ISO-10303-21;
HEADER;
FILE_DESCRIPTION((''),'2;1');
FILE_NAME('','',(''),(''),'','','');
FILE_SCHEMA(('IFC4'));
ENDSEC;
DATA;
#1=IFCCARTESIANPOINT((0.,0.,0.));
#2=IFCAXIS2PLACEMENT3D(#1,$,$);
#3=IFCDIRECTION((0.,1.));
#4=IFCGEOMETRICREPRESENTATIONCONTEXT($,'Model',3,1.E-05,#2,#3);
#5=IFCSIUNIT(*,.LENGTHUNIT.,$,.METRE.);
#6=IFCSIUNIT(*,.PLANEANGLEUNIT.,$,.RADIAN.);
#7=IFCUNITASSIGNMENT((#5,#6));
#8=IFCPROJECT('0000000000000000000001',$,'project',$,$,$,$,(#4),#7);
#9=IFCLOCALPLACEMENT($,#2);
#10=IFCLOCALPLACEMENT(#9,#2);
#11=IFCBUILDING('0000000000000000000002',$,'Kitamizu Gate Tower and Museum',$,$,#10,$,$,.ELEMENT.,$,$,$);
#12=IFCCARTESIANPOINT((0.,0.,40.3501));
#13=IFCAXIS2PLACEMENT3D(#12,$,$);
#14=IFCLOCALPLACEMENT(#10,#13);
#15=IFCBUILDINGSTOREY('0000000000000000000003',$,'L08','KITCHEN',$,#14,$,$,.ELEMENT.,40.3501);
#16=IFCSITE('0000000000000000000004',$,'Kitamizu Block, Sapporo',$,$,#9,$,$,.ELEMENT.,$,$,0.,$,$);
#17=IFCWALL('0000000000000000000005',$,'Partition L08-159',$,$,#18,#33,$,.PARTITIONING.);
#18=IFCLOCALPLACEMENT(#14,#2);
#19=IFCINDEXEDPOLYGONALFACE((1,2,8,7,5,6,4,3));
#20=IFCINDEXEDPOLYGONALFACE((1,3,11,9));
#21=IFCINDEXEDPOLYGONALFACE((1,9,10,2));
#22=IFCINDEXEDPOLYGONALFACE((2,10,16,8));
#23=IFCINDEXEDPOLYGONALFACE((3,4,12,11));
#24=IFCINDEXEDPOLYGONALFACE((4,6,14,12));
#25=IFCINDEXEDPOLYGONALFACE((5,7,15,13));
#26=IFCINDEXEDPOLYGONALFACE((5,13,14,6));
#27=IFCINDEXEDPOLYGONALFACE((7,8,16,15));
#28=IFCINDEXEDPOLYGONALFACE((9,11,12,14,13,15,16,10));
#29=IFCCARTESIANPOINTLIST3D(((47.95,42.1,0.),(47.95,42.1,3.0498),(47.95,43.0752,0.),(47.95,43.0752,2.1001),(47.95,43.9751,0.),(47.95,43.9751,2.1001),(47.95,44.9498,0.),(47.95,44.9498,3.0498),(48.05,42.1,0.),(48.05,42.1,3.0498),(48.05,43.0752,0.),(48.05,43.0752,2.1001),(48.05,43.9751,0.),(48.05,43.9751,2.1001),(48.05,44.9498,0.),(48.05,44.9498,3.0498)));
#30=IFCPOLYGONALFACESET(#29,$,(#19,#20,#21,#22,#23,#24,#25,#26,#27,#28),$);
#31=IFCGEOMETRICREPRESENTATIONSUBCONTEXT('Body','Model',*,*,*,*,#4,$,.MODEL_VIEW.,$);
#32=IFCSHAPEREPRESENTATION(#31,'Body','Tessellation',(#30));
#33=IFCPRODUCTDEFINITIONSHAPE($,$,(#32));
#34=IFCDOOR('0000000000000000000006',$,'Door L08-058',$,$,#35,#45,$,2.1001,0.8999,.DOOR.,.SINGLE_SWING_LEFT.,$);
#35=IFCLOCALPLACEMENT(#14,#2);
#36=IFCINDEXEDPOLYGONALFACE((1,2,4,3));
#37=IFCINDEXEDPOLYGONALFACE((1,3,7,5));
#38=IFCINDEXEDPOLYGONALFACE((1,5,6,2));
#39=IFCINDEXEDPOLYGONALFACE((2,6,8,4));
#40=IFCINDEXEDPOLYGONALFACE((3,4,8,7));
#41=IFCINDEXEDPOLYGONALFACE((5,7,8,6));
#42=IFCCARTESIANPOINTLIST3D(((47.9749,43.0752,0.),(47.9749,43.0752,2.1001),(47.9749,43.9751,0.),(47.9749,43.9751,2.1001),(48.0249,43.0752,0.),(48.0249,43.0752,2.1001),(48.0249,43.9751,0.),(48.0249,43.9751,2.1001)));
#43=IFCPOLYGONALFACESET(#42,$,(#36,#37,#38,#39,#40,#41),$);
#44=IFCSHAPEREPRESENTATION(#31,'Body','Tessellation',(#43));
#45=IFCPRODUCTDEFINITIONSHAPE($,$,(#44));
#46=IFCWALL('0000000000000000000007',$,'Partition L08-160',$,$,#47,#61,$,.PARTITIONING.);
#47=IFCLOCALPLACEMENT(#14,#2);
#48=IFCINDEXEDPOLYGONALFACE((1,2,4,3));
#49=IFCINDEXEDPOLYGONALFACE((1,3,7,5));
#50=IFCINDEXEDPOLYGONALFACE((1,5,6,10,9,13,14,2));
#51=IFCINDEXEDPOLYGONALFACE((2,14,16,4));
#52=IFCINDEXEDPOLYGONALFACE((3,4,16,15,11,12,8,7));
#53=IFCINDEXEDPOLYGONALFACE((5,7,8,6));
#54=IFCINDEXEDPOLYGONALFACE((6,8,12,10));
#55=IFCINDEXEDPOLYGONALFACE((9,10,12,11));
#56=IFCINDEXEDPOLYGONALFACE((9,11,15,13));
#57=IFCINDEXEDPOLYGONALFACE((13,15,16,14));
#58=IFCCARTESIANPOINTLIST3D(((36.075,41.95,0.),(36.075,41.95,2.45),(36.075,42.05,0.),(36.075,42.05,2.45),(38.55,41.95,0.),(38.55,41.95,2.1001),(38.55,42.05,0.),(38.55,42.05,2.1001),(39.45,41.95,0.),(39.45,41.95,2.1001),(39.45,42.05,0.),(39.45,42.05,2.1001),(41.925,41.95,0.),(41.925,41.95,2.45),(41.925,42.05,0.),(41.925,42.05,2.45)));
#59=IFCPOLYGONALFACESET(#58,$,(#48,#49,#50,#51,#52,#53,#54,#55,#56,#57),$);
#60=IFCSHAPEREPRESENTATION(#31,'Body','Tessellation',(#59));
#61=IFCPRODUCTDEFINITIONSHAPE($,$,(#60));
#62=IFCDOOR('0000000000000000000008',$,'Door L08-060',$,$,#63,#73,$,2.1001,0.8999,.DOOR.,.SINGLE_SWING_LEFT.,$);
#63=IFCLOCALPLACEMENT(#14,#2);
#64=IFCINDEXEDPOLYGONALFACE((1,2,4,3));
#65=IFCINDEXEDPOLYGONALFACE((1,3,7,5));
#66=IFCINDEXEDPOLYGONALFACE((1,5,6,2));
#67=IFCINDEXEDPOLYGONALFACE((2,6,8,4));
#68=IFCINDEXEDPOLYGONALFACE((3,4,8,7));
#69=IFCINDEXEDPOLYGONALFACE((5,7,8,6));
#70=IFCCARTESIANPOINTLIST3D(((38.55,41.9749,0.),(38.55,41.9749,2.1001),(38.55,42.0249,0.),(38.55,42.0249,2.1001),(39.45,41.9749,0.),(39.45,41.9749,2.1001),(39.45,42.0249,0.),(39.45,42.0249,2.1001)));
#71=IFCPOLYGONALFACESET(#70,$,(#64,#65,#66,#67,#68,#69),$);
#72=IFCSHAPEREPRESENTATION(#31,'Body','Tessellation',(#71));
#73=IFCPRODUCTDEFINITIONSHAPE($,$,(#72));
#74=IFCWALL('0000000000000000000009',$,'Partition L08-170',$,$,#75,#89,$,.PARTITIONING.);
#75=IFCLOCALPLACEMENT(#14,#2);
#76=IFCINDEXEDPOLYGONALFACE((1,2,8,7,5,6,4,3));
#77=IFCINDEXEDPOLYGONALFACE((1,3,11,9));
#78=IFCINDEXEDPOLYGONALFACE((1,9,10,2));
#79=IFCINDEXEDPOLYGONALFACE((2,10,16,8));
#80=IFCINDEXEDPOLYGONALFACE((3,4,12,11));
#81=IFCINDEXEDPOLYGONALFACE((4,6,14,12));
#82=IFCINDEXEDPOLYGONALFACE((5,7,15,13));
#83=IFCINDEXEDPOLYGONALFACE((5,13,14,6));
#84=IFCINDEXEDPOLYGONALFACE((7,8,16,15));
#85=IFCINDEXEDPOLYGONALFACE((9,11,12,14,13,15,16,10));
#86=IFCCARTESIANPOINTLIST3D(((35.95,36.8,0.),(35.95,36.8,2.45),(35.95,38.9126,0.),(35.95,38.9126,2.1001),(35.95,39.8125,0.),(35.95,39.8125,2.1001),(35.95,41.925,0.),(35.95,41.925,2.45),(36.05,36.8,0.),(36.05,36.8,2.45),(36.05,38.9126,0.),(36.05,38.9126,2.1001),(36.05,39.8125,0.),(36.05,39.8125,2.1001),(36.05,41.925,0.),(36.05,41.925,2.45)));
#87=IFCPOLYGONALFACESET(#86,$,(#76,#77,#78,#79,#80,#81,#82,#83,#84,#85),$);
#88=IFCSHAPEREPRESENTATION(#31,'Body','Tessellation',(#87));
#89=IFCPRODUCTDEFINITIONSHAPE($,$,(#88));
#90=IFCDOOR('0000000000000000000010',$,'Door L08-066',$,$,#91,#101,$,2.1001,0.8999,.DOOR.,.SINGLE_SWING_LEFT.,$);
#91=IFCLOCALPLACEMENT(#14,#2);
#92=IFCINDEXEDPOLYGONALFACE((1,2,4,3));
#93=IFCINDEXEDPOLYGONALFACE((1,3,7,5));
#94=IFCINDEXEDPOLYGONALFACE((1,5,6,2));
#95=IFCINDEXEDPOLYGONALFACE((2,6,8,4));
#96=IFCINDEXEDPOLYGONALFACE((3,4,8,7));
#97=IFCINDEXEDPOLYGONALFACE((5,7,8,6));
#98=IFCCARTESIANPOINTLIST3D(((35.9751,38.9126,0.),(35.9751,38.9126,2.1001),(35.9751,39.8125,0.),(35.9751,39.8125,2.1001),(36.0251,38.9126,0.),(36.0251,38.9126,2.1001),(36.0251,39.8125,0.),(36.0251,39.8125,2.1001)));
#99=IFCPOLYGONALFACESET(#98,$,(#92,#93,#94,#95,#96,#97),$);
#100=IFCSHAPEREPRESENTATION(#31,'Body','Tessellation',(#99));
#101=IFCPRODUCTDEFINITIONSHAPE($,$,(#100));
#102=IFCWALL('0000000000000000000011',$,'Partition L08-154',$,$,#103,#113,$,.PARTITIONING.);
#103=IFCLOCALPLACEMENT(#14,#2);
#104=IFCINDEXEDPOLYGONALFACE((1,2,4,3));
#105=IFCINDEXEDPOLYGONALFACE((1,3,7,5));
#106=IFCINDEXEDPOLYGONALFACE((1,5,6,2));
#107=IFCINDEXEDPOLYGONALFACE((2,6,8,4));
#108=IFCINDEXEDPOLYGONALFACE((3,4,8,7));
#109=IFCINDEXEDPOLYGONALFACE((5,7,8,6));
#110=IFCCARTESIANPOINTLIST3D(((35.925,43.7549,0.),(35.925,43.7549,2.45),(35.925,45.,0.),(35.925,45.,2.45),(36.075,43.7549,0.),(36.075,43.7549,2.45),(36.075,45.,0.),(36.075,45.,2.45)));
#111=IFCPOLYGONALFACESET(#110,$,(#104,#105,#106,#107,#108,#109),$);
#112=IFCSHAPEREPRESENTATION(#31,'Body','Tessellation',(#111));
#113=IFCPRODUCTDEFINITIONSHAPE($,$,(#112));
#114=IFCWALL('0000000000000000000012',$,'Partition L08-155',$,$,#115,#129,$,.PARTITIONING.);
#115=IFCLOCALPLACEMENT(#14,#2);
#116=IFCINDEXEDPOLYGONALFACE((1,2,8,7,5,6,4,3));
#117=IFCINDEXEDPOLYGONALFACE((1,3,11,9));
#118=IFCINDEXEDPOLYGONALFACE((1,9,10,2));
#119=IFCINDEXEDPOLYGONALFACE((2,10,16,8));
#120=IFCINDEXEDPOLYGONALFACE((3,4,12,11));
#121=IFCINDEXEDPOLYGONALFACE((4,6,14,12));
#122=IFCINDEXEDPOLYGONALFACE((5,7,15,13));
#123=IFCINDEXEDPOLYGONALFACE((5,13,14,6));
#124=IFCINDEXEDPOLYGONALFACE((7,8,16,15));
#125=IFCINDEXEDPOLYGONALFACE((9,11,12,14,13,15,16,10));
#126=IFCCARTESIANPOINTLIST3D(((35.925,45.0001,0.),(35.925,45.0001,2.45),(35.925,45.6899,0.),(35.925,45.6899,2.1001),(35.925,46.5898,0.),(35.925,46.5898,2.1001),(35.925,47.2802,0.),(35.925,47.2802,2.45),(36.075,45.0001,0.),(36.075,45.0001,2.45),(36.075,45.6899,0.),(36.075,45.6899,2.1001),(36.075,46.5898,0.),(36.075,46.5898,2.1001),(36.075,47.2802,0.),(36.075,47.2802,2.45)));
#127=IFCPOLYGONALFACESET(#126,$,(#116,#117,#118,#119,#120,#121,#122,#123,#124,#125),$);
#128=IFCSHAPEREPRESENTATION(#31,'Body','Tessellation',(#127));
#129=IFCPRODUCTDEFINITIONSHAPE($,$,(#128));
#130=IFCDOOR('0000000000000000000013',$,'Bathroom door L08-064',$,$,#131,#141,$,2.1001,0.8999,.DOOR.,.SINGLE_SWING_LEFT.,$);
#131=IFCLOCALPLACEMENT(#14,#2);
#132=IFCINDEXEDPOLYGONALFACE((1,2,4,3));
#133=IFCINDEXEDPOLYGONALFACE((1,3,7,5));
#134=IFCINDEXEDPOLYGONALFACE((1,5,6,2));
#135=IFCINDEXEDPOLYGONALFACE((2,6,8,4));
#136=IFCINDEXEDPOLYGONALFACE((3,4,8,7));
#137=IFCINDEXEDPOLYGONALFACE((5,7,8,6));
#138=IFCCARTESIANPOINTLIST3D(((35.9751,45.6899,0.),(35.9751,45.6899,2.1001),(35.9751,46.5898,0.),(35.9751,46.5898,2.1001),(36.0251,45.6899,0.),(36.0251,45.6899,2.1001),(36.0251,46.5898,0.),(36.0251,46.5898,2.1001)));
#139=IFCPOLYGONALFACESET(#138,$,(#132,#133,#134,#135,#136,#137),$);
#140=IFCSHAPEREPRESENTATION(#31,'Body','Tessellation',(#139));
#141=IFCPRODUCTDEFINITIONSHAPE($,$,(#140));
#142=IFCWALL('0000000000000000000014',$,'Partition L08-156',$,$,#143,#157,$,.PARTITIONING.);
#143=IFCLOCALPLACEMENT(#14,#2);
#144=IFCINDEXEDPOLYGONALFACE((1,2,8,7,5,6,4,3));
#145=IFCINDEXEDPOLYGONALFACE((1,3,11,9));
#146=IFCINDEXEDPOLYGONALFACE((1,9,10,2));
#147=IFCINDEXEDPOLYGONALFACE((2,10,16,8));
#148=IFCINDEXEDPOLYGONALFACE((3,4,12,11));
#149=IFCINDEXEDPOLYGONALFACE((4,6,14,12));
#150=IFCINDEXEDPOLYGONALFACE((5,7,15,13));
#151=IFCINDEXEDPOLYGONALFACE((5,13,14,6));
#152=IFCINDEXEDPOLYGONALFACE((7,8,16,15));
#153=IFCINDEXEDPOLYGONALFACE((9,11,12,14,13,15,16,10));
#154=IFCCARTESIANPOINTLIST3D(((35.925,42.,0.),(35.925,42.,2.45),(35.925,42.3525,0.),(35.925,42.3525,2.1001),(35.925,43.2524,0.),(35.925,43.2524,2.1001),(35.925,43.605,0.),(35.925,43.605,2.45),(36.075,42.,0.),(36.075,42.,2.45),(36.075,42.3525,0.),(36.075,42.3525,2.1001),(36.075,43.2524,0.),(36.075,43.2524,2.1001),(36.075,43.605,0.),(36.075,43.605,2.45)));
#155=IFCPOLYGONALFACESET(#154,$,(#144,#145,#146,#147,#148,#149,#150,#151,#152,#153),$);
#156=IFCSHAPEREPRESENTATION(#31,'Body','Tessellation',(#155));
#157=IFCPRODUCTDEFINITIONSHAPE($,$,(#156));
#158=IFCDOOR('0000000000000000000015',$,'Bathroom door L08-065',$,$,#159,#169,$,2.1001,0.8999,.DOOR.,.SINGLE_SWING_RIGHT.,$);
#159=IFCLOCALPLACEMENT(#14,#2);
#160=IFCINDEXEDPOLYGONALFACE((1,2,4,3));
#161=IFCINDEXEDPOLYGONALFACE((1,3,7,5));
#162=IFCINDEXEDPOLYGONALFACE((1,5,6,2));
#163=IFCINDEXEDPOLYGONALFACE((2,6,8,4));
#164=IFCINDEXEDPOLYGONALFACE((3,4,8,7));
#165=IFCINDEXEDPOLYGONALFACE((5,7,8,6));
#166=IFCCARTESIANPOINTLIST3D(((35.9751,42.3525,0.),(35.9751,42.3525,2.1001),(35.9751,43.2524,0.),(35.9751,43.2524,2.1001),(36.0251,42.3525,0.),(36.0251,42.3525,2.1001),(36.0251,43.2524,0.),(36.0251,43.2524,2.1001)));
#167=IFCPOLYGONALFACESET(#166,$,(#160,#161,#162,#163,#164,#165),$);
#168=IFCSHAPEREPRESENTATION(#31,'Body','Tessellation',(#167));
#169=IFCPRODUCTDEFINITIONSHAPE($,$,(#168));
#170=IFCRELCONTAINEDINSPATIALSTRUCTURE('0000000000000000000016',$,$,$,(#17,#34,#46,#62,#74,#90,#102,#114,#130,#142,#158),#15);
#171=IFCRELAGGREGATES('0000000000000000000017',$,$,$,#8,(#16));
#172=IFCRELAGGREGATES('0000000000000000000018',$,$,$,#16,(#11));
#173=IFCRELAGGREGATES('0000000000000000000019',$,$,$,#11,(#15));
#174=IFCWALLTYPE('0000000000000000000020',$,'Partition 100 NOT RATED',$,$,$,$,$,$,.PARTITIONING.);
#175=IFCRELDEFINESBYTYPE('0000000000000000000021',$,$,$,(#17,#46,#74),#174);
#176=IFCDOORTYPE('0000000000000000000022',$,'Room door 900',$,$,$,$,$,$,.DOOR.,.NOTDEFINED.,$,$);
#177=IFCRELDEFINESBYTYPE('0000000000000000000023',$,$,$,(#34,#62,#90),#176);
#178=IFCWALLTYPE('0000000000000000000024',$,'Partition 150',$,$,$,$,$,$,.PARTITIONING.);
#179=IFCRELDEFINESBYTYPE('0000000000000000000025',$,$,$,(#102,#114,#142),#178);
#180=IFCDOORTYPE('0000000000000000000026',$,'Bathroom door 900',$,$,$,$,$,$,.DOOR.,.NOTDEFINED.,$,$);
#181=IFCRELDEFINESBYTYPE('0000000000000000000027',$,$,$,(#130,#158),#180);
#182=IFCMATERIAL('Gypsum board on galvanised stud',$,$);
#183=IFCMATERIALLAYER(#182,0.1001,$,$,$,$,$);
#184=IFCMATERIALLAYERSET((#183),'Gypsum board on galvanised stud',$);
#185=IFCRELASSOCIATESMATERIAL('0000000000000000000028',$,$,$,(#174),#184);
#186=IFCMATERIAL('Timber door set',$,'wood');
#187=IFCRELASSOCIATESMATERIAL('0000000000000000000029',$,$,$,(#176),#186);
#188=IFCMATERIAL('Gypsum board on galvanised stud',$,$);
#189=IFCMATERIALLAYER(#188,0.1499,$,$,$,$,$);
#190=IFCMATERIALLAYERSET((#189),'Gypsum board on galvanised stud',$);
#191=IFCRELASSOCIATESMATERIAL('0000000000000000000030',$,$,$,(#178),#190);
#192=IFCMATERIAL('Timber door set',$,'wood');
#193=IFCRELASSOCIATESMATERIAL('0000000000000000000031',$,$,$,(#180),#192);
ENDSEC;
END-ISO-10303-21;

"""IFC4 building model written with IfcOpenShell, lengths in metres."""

from ifc_helpers import new_model, si_unit, direction, frame, frame_2d, origin, place, context, subcontext, project, spatial, rectangle, extrude, material, layer, layer_set, type_object, element, fill, save


model = new_model("IFC4")

# Units and contexts
model_context = context("Model", 3, precision=1e-05, world=origin(), true_north=direction((0.0, 1.0)))
body_context = subcontext(model_context, "Body", "Model", "MODEL_VIEW")
ifc_project = project(units=[si_unit("LENGTHUNIT", "METRE"), si_unit("PLANEANGLEUNIT", "RADIAN")], contexts=[model_context])

# Site, building, storey
site_placement = place(None, origin())
site = spatial("IfcSite", under=ifc_project, at=site_placement, Name="Kitamizu Block, Sapporo", CompositionType="ELEMENT", RefElevation=0.0)
building_placement = place(site_placement, origin())
building = spatial("IfcBuilding", under=site, at=building_placement, Name="Kitamizu Gate Tower and Museum", CompositionType="ELEMENT")
storey_placement = place(building_placement, frame((0.0, 0.0, 40.3501)))
storey = spatial("IfcBuildingStorey", under=building, at=storey_placement, Name="L08", Description="KITCHEN", CompositionType="ELEMENT", Elevation=40.3501)

# Walls, openings, doors
ifc_material_1 = material(Name="Gypsum board on galvanised stud")
ifc_layer_1 = layer(ifc_material_1, 0.1001)
ifc_layer_set_1 = layer_set([ifc_layer_1], Name="Gypsum board on galvanised stud")
wall_type_1 = type_object("IfcWallType", Name="Partition 100 NOT RATED", PredefinedType="PARTITIONING", material=ifc_layer_set_1)
ifc_material_2 = material(Name="Timber door set", Category="wood")
door_type_1 = type_object("IfcDoorType", Name="Room door 900", OperationType="NOTDEFINED", PredefinedType="DOOR", material=ifc_material_2)
wall_1_placement = place(storey_placement, frame((48.0, 42.1001, 0.0), z_axis=(0.0, 0.0, 1.0), x_axis=(0.0, 1.0, 0.0)))
wall_1 = element("IfcWall", 1, at=wall_1_placement, inside=storey, type_object=wall_type_1, Name="Partition L08-159", PredefinedType="PARTITIONING", context=body_context, shape_type="SweptSolid", body=[
    extrude(rectangle(XDim=2.8499, YDim=0.1001, at=frame_2d((1.4248, 0.0))), origin(), (0.0, 0.0, 1.0), 3.0498),
])
opening_1_placement = place(wall_1_placement, frame((0.9751, 0.0, 0.0)))
opening_1 = element("IfcOpeningElement", 2, at=opening_1_placement, cuts=wall_1, PredefinedType="OPENING", context=body_context, shape_type="SweptSolid", body=[
    extrude(rectangle(XDim=0.8999, YDim=2.1001, at=frame_2d((0.45, 1.05))), frame((0.0, 0.0601, 0.0), z_axis=(0.0, -1.0, 0.0), x_axis=(1.0, 0.0, 0.0)), (0.0, 0.0, 1.0), 0.1201),
])
door_1_placement = place(opening_1_placement, frame((0.8999, 0.0, 0.0), x_axis=(-1.0, 0.0, 0.0)))
door_1 = element("IfcDoor", 3, at=door_1_placement, inside=storey, type_object=door_type_1, Name="Door L08-058", OperationType="SINGLE_SWING_LEFT", OverallHeight=2.1001, OverallWidth=0.8999, PredefinedType="DOOR", context=body_context, shape_type="SweptSolid", body=[
    extrude(rectangle(XDim=0.8999, YDim=2.1001, at=frame_2d((0.45, 1.05))), frame((0.0, 0.0249, 0.0), z_axis=(0.0, -1.0, 0.0), x_axis=(1.0, 0.0, 0.0)), (0.0, 0.0, 1.0), 0.05),
])
fill(opening_1, door_1)
wall_2_placement = place(storey_placement, frame((36.075, 42.0, 0.0), z_axis=(0.0, 0.0, 1.0), x_axis=(1.0, 0.0, 0.0)))
wall_2 = element("IfcWall", 4, at=wall_2_placement, inside=storey, type_object=wall_type_1, Name="Partition L08-160", PredefinedType="PARTITIONING", context=body_context, shape_type="SweptSolid", body=[
    extrude(rectangle(XDim=5.8501, YDim=0.1001, at=frame_2d((2.925, 0.0))), origin(), (0.0, 0.0, 1.0), 2.45),
])
opening_2_placement = place(wall_2_placement, frame((2.4751, 0.0, 0.0)))
opening_2 = element("IfcOpeningElement", 5, at=opening_2_placement, cuts=wall_2, PredefinedType="OPENING", context=body_context, shape_type="SweptSolid", body=[
    extrude(rectangle(XDim=0.8999, YDim=2.1001, at=frame_2d((0.45, 1.05))), frame((0.0, 0.0601, 0.0), z_axis=(0.0, -1.0, 0.0), x_axis=(1.0, 0.0, 0.0)), (0.0, 0.0, 1.0), 0.1201),
])
door_2_placement = place(opening_2_placement, origin())
door_2 = element("IfcDoor", 6, at=door_2_placement, inside=storey, type_object=door_type_1, Name="Door L08-060", OperationType="SINGLE_SWING_LEFT", OverallHeight=2.1001, OverallWidth=0.8999, PredefinedType="DOOR", context=body_context, shape_type="SweptSolid", body=[
    extrude(rectangle(XDim=0.8999, YDim=2.1001, at=frame_2d((0.45, 1.05))), frame((0.0, 0.0249, 0.0), z_axis=(0.0, -1.0, 0.0), x_axis=(1.0, 0.0, 0.0)), (0.0, 0.0, 1.0), 0.05),
])
fill(opening_2, door_2)
wall_3_placement = place(storey_placement, frame((36.0, 36.8, 0.0), z_axis=(0.0, 0.0, 1.0), x_axis=(0.0, 1.0, 0.0)))
wall_3 = element("IfcWall", 7, at=wall_3_placement, inside=storey, type_object=wall_type_1, Name="Partition L08-170", PredefinedType="PARTITIONING", context=body_context, shape_type="SweptSolid", body=[
    extrude(rectangle(XDim=5.125, YDim=0.1001, at=frame_2d((2.5625, 0.0))), origin(), (0.0, 0.0, 1.0), 2.45),
])
opening_3_placement = place(wall_3_placement, frame((2.1125, 0.0, 0.0)))
opening_3 = element("IfcOpeningElement", 8, at=opening_3_placement, cuts=wall_3, PredefinedType="OPENING", context=body_context, shape_type="SweptSolid", body=[
    extrude(rectangle(XDim=0.8999, YDim=2.1001, at=frame_2d((0.45, 1.05))), frame((0.0, 0.0601, 0.0), z_axis=(0.0, -1.0, 0.0), x_axis=(1.0, 0.0, 0.0)), (0.0, 0.0, 1.0), 0.1201),
])
door_3_placement = place(opening_3_placement, origin())
door_3 = element("IfcDoor", 9, at=door_3_placement, inside=storey, type_object=door_type_1, Name="Door L08-066", OperationType="SINGLE_SWING_LEFT", OverallHeight=2.1001, OverallWidth=0.8999, PredefinedType="DOOR", context=body_context, shape_type="SweptSolid", body=[
    extrude(rectangle(XDim=0.8999, YDim=2.1001, at=frame_2d((0.45, 1.05))), frame((0.0, 0.0249, 0.0), z_axis=(0.0, -1.0, 0.0), x_axis=(1.0, 0.0, 0.0)), (0.0, 0.0, 1.0), 0.05),
])
fill(opening_3, door_3)

# Wall
ifc_material_3 = material(Name="Gypsum board on galvanised stud")
ifc_layer_2 = layer(ifc_material_3, 0.1499)
ifc_layer_set_2 = layer_set([ifc_layer_2], Name="Gypsum board on galvanised stud")
wall_type_2 = type_object("IfcWallType", Name="Partition 150", PredefinedType="PARTITIONING", material=ifc_layer_set_2)
wall_4_placement = place(storey_placement, frame((36.0, 43.7549, 0.0), z_axis=(0.0, 0.0, 1.0), x_axis=(0.0, 1.0, 0.0)))
element("IfcWall", 10, at=wall_4_placement, inside=storey, type_object=wall_type_2, Name="Partition L08-154", PredefinedType="PARTITIONING", context=body_context, shape_type="SweptSolid", body=[
    extrude(rectangle(XDim=1.2451, YDim=0.1499, at=frame_2d((0.6226, 0.0))), origin(), (0.0, 0.0, 1.0), 2.45),
])

# Walls, openings, doors
wall_5_placement = place(storey_placement, frame((36.0, 45.0, 0.0), z_axis=(0.0, 0.0, 1.0), x_axis=(0.0, 1.0, 0.0)))
wall_5 = element("IfcWall", 11, at=wall_5_placement, inside=storey, type_object=wall_type_2, Name="Partition L08-155", PredefinedType="PARTITIONING", context=body_context, shape_type="SweptSolid", body=[
    extrude(rectangle(XDim=2.28, YDim=0.1499, at=frame_2d((1.1401, 0.0))), origin(), (0.0, 0.0, 1.0), 2.45),
])
opening_4_placement = place(wall_5_placement, frame((0.6899, 0.0, 0.0)))
opening_4 = element("IfcOpeningElement", 12, at=opening_4_placement, cuts=wall_5, PredefinedType="OPENING", context=body_context, shape_type="SweptSolid", body=[
    extrude(rectangle(XDim=0.8999, YDim=2.1001, at=frame_2d((0.45, 1.05))), frame((0.0, 0.085, 0.0), z_axis=(0.0, -1.0, 0.0), x_axis=(1.0, 0.0, 0.0)), (0.0, 0.0, 1.0), 0.1699),
])
ifc_material_4 = material(Name="Timber door set", Category="wood")
door_type_2 = type_object("IfcDoorType", Name="Bathroom door 900", OperationType="NOTDEFINED", PredefinedType="DOOR", material=ifc_material_4)
door_4_placement = place(opening_4_placement, origin())
door_4 = element("IfcDoor", 13, at=door_4_placement, inside=storey, type_object=door_type_2, Name="Bathroom door L08-064", OperationType="SINGLE_SWING_LEFT", OverallHeight=2.1001, OverallWidth=0.8999, PredefinedType="DOOR", context=body_context, shape_type="SweptSolid", body=[
    extrude(rectangle(XDim=0.8999, YDim=2.1001, at=frame_2d((0.45, 1.05))), frame((0.0, 0.0249, 0.0), z_axis=(0.0, -1.0, 0.0), x_axis=(1.0, 0.0, 0.0)), (0.0, 0.0, 1.0), 0.05),
])
fill(opening_4, door_4)
wall_6_placement = place(storey_placement, frame((36.0, 42.0, 0.0), z_axis=(0.0, 0.0, 1.0), x_axis=(0.0, 1.0, 0.0)))
wall_6 = element("IfcWall", 14, at=wall_6_placement, inside=storey, type_object=wall_type_2, Name="Partition L08-156", PredefinedType="PARTITIONING", context=body_context, shape_type="SweptSolid", body=[
    extrude(rectangle(XDim=1.605, YDim=0.1499, at=frame_2d((0.8025, 0.0))), origin(), (0.0, 0.0, 1.0), 2.45),
])
opening_5_placement = place(wall_6_placement, frame((0.3525, 0.0, 0.0)))
opening_5 = element("IfcOpeningElement", 15, at=opening_5_placement, cuts=wall_6, PredefinedType="OPENING", context=body_context, shape_type="SweptSolid", body=[
    extrude(rectangle(XDim=0.8999, YDim=2.1001, at=frame_2d((0.45, 1.05))), frame((0.0, 0.085, 0.0), z_axis=(0.0, -1.0, 0.0), x_axis=(1.0, 0.0, 0.0)), (0.0, 0.0, 1.0), 0.1699),
])
door_5_placement = place(opening_5_placement, origin())
door_5 = element("IfcDoor", 16, at=door_5_placement, inside=storey, type_object=door_type_2, Name="Bathroom door L08-065", OperationType="SINGLE_SWING_RIGHT", OverallHeight=2.1001, OverallWidth=0.8999, PredefinedType="DOOR", context=body_context, shape_type="SweptSolid", body=[
    extrude(rectangle(XDim=0.8999, YDim=2.1001, at=frame_2d((0.45, 1.05))), frame((0.0, 0.0249, 0.0), z_axis=(0.0, -1.0, 0.0), x_axis=(1.0, 0.0, 0.0)), (0.0, 0.0, 1.0), 0.05),
])
fill(opening_5, door_5)

save(model, "model.ifc")
